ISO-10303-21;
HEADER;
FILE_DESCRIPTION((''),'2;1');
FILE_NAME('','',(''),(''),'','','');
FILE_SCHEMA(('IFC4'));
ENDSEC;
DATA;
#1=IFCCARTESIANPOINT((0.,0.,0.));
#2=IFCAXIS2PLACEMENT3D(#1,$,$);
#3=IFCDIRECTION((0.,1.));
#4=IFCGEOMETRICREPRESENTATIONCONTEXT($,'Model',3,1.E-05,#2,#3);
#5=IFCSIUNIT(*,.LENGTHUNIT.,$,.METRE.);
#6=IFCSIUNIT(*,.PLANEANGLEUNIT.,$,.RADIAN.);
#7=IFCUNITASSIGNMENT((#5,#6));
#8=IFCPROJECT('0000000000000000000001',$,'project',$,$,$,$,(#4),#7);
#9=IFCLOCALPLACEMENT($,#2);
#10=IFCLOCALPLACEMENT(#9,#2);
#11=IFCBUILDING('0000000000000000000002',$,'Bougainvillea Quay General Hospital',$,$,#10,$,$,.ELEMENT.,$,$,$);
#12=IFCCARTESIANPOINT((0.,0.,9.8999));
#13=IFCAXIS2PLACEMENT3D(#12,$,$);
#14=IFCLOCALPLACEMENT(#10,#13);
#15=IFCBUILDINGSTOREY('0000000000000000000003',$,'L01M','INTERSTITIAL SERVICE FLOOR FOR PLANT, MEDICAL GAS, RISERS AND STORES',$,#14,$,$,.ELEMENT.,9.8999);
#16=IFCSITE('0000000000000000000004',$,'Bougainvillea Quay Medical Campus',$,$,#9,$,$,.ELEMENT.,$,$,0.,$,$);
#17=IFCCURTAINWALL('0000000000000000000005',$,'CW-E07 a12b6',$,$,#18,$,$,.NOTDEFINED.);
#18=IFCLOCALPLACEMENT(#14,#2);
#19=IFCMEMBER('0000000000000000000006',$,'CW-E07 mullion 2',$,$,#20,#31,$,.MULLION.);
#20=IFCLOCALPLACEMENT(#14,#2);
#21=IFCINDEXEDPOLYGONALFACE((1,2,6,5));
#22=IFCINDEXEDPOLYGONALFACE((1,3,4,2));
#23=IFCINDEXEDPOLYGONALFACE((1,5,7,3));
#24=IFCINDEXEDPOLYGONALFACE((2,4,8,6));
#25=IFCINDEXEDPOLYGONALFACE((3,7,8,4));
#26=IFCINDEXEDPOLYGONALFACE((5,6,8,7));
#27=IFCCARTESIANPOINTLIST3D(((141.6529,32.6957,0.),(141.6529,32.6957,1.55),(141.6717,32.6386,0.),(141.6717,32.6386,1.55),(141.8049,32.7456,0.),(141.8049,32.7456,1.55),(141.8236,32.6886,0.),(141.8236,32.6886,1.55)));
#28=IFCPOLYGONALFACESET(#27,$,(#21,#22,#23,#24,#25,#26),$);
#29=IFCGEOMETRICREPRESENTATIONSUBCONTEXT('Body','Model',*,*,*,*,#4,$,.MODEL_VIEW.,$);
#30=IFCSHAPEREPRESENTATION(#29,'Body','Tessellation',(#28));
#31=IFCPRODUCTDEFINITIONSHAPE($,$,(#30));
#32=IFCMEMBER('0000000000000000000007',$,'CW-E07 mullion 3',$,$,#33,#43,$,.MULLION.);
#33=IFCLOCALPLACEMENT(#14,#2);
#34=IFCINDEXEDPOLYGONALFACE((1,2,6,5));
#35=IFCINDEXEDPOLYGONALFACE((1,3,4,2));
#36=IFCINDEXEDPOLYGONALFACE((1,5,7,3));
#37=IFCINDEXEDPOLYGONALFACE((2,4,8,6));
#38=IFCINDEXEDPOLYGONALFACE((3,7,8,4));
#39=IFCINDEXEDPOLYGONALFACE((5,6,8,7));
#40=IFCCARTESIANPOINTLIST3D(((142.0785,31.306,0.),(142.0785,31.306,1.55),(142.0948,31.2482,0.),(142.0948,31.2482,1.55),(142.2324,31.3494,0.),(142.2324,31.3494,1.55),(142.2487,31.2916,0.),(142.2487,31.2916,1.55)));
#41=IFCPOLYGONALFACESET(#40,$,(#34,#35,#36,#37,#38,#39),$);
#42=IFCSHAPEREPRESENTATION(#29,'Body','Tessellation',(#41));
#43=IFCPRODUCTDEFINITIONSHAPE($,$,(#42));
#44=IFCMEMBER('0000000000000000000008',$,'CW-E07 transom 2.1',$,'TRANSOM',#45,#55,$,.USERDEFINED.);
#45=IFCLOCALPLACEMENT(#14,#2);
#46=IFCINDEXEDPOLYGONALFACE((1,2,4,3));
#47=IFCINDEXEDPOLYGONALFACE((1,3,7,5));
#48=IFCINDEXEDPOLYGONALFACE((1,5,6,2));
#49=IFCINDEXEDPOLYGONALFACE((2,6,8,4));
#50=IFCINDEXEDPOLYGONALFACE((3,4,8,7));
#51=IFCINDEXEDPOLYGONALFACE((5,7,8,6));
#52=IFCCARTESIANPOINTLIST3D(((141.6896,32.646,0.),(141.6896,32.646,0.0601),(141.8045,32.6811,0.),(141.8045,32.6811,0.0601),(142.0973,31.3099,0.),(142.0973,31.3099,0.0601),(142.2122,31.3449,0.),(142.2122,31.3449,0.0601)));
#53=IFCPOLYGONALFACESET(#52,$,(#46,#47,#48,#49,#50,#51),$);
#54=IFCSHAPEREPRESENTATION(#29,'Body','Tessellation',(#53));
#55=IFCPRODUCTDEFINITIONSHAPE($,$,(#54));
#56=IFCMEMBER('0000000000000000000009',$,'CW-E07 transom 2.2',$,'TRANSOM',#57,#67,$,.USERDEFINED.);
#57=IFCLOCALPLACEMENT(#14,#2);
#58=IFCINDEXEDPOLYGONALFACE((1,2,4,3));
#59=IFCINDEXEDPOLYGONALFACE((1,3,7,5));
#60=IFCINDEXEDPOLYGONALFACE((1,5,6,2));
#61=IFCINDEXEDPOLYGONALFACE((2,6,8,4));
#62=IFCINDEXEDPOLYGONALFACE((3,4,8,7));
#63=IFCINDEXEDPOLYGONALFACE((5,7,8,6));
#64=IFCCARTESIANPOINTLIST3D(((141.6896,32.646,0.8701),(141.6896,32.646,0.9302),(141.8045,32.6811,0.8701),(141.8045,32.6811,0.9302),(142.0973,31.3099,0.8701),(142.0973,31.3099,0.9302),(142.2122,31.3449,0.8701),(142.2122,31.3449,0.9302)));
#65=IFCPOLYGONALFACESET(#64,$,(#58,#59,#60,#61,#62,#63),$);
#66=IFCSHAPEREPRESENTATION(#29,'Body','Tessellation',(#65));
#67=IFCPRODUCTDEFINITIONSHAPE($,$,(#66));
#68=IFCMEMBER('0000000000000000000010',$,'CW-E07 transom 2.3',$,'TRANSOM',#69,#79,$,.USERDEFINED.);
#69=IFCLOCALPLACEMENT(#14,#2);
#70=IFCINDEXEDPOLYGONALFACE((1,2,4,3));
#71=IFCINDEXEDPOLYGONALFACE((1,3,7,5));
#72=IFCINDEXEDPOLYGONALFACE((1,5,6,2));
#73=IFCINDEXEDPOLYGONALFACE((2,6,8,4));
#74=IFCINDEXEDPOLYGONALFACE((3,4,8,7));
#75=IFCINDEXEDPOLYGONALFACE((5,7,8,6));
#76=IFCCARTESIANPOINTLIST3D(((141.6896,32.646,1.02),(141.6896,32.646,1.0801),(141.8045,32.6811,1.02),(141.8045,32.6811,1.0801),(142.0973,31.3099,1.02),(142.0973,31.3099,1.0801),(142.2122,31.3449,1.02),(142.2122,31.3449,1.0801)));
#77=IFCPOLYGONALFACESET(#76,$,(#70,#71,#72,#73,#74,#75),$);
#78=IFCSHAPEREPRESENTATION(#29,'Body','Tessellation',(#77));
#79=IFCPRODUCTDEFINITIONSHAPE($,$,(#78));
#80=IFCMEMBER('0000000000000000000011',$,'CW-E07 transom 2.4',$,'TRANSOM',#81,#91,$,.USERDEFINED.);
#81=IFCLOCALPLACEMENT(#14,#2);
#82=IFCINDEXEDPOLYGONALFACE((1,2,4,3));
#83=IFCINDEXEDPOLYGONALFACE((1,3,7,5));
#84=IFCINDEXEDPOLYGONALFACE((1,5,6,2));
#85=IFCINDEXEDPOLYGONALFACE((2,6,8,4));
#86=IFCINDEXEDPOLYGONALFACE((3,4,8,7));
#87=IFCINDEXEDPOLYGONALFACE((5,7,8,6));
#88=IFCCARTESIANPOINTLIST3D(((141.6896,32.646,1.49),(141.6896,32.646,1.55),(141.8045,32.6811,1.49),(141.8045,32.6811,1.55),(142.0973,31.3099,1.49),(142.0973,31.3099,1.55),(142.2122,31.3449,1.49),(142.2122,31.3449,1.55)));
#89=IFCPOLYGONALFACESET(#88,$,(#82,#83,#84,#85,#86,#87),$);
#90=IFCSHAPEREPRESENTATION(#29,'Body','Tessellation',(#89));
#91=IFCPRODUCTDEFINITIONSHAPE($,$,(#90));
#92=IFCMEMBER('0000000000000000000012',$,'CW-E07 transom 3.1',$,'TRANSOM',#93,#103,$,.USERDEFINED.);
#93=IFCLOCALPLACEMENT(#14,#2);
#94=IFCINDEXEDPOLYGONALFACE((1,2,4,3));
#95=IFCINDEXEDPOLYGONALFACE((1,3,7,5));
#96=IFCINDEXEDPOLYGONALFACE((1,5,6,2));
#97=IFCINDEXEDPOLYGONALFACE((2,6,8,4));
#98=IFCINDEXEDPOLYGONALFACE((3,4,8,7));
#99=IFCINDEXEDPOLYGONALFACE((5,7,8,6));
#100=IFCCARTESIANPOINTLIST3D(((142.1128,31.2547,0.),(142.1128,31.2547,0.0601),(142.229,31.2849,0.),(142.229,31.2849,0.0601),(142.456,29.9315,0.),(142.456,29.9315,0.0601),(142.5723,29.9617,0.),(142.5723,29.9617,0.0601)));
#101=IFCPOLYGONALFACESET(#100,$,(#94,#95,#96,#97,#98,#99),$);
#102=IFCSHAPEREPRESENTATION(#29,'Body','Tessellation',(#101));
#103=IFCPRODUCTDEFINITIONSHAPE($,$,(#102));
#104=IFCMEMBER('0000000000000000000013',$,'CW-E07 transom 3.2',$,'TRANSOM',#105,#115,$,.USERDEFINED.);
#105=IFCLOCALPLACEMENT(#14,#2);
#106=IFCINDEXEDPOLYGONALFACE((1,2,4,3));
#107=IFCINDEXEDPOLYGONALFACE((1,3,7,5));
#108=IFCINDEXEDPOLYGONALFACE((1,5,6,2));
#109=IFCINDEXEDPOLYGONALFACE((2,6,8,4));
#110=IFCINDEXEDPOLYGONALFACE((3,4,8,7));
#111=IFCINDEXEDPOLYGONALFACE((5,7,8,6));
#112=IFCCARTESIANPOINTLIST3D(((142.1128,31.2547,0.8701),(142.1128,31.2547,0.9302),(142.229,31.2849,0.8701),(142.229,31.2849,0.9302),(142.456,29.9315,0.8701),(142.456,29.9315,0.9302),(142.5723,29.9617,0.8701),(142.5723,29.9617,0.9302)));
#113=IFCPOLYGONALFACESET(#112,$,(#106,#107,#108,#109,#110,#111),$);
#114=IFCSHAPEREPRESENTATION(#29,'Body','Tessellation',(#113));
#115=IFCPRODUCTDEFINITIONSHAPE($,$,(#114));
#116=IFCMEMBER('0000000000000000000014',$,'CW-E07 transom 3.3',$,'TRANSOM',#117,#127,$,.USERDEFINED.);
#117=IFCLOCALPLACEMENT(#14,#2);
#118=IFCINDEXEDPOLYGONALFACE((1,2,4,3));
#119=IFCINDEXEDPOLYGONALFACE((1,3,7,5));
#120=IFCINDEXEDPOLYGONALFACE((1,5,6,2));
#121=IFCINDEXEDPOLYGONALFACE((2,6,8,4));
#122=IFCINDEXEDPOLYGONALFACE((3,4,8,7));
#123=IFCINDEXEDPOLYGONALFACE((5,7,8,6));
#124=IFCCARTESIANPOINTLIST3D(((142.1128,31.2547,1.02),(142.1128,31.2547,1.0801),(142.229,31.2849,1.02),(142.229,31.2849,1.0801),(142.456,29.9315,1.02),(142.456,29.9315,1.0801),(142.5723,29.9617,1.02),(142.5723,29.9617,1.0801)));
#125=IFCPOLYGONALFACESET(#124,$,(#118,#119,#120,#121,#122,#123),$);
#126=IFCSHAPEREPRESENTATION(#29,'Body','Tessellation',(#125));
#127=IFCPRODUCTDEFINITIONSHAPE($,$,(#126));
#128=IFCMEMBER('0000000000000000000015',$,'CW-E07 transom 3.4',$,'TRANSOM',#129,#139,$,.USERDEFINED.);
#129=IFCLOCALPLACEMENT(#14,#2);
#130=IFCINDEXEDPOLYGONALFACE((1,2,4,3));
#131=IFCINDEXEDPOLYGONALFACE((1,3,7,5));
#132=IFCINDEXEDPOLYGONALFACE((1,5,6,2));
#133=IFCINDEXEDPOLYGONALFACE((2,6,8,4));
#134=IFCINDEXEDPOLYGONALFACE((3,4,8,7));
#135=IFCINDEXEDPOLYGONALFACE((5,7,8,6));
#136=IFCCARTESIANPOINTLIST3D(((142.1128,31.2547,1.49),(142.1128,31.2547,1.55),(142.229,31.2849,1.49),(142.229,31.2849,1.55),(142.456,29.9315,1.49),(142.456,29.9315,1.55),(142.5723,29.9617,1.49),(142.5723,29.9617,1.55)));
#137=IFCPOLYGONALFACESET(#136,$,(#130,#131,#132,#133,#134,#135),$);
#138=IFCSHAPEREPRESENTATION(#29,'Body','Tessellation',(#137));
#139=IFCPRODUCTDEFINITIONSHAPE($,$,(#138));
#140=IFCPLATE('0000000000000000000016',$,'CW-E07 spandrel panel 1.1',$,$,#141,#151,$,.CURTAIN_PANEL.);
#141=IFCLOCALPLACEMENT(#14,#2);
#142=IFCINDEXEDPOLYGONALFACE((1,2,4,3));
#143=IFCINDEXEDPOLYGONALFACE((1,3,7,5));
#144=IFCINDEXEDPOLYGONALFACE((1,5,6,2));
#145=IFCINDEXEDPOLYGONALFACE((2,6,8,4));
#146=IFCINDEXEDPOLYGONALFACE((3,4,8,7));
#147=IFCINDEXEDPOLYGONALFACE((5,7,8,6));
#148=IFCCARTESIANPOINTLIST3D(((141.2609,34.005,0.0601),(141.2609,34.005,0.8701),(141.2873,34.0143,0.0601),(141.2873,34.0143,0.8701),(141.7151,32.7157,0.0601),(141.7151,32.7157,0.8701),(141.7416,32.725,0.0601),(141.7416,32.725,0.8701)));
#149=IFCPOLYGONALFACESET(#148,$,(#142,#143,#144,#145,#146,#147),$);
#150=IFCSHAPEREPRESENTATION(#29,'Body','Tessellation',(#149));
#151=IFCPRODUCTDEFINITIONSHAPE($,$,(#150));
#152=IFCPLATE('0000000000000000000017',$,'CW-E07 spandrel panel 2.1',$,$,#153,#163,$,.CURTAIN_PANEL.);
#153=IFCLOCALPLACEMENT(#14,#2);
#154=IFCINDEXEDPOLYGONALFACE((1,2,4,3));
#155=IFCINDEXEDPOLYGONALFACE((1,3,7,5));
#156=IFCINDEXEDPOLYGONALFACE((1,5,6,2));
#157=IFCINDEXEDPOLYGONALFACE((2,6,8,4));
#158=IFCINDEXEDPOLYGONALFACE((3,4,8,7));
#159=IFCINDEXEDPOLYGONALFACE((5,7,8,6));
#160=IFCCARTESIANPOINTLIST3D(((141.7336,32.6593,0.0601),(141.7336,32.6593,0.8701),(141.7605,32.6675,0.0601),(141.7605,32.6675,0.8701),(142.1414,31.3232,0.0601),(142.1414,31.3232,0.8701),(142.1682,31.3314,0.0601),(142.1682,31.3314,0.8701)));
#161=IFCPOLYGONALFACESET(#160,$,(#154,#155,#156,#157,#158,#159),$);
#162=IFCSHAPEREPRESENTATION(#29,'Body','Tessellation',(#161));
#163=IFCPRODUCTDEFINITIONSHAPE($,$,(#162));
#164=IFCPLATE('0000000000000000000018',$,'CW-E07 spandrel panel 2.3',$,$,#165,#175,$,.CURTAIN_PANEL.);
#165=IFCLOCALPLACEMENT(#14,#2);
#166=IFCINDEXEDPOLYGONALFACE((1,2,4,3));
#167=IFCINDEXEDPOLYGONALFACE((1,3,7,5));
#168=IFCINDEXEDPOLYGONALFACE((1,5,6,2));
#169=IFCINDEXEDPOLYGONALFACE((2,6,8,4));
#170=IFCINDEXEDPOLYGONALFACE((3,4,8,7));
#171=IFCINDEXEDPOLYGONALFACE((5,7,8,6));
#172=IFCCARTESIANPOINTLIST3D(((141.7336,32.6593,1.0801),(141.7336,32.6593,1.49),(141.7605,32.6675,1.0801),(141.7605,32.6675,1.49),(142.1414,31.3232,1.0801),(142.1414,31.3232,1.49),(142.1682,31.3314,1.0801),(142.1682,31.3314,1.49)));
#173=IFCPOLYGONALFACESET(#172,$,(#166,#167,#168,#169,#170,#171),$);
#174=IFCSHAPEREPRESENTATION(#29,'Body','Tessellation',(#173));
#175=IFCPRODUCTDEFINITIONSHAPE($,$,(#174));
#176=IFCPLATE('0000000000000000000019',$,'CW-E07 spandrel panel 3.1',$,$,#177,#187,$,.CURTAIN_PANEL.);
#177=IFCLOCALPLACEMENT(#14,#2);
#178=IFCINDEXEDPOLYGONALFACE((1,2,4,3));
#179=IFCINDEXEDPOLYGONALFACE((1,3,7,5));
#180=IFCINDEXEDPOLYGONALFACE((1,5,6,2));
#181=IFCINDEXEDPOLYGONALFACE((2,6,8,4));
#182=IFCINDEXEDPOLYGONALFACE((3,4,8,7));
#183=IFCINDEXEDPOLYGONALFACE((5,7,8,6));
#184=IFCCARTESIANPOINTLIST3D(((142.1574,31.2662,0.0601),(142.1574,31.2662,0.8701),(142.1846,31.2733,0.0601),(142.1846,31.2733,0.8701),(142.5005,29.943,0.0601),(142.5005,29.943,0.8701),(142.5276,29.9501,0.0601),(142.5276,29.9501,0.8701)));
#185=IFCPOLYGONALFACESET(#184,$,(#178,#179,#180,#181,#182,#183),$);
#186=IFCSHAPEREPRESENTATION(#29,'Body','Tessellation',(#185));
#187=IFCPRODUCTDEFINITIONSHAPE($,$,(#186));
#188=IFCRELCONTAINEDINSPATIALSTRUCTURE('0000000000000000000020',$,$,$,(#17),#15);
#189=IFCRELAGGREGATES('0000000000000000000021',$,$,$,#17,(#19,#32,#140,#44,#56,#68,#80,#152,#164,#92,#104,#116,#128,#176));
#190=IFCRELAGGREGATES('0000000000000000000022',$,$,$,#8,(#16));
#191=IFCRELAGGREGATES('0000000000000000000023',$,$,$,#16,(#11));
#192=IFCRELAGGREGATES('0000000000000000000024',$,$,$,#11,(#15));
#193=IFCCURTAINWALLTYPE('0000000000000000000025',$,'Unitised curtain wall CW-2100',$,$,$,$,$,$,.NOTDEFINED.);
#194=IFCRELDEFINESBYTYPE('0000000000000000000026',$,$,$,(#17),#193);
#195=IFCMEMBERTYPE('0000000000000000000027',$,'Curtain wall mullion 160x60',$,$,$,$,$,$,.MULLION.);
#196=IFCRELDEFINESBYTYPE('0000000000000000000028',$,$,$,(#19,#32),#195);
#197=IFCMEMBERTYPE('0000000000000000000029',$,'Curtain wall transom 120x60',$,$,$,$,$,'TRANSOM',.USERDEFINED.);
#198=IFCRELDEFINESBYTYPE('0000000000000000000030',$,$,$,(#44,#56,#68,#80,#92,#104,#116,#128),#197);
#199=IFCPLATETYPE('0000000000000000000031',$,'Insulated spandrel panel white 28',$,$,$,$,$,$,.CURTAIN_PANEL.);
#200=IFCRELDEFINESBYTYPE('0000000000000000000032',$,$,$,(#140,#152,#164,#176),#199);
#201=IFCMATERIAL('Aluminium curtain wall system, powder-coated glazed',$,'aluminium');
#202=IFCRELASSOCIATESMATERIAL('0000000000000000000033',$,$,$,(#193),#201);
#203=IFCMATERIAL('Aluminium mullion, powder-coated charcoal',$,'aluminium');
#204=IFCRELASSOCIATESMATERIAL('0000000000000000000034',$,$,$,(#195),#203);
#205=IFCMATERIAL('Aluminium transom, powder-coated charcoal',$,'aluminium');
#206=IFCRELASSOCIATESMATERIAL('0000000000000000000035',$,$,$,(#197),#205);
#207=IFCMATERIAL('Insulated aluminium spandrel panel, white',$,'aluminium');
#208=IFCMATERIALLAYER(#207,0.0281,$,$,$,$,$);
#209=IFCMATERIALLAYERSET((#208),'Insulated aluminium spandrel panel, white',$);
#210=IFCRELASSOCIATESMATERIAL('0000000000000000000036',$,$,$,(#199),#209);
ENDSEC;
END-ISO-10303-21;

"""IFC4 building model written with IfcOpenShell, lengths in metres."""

from ifc_helpers import new_model, si_unit, direction, frame, origin, origin_2d, place, context, subcontext, project, spatial, rectangle, extrude, material, layer, layer_set, material_profile, profile_set, type_object, element, aggregate, save


model = new_model("IFC4")

# Units and contexts
model_context = context("Model", 3, precision=1e-05, world=origin(), true_north=direction((0.0, 1.0)))
body_context = subcontext(model_context, "Body", "Model", "MODEL_VIEW")
ifc_project = project(units=[si_unit("LENGTHUNIT", "METRE"), si_unit("PLANEANGLEUNIT", "RADIAN")], contexts=[model_context])

# Site, building, storey
site_placement = place(None, origin())
site = spatial("IfcSite", under=ifc_project, at=site_placement, Name="Bougainvillea Quay Medical Campus", CompositionType="ELEMENT", RefElevation=0.0)
building_placement = place(site_placement, origin())
building = spatial("IfcBuilding", under=site, at=building_placement, Name="Bougainvillea Quay General Hospital", CompositionType="ELEMENT")
storey_placement = place(building_placement, frame((0.0, 0.0, 9.8999)))
storey = spatial("IfcBuildingStorey", under=building, at=storey_placement, Name="L01M", Description="INTERSTITIAL SERVICE FLOOR FOR PLANT, MEDICAL GAS, RISERS AND STORES", CompositionType="ELEMENT", Elevation=9.8999)

# Curtain wall, members, plates
ifc_material_1 = material(Name="Aluminium curtain wall system, powder-coated glazed", Category="aluminium")
curtain_wall_type = type_object("IfcCurtainWallType", Name="Unitised curtain wall CW-2100", PredefinedType="NOTDEFINED", material=ifc_material_1)
curtain_wall_placement = place(storey_placement, origin())
curtain_wall = element("IfcCurtainWall", 1, at=curtain_wall_placement, inside=storey, type_object=curtain_wall_type, Name="CW-E07 a12b6", PredefinedType="NOTDEFINED")
ifc_material_2 = material(Name="Aluminium mullion, powder-coated charcoal", Category="aluminium")
ifc_material_profile_1 = material_profile(ifc_material_2, rectangle(XDim=0.1599, YDim=0.0601, at=origin_2d()))
ifc_profile_set_1 = profile_set([ifc_material_profile_1], Name="Aluminium mullion, powder-coated charcoal")
member_type_1 = type_object("IfcMemberType", Name="Curtain wall mullion 160x60", PredefinedType="MULLION", material=ifc_profile_set_1)
member_1_placement = place(storey_placement, frame((141.7383, 32.6921, 0.0), z_axis=(0.0, 0.0, 1.0), x_axis=(0.950023, 0.31218, 0.0)))
member_1 = element("IfcMember", 2, at=member_1_placement, type_object=member_type_1, Name="CW-E07 mullion 2", PredefinedType="MULLION", context=body_context, shape_type="SweptSolid", body=[
    extrude(rectangle(XDim=0.1599, YDim=0.0601, at=origin_2d()), origin(), (0.0, 0.0, 1.0), 1.55),
])
member_2_placement = place(storey_placement, frame((142.1636, 31.2988, 0.0), z_axis=(0.0, 0.0, 1.0), x_axis=(0.962439, 0.271496, 0.0)))
member_2 = element("IfcMember", 3, at=member_2_placement, type_object=member_type_1, Name="CW-E07 mullion 3", PredefinedType="MULLION", context=body_context, shape_type="SweptSolid", body=[
    extrude(rectangle(XDim=0.1599, YDim=0.0601, at=origin_2d()), origin(), (0.0, 0.0, 1.0), 1.55),
])
ifc_material_3 = material(Name="Aluminium transom, powder-coated charcoal", Category="aluminium")
ifc_material_profile_2 = material_profile(ifc_material_3, rectangle(XDim=0.1201, YDim=0.0601, at=origin_2d()))
ifc_profile_set_2 = profile_set([ifc_material_profile_2], Name="Aluminium transom, powder-coated charcoal")
member_type_2 = type_object("IfcMemberType", Name="Curtain wall transom 120x60", ElementType="TRANSOM", PredefinedType="USERDEFINED", material=ifc_profile_set_2)
member_3_placement = place(storey_placement, frame((141.7471, 32.6636, 0.03), z_axis=(0.29185, -0.956464, 0.0), x_axis=(0.956464, 0.29185, 0.0)))
member_3 = element("IfcMember", 4, at=member_3_placement, type_object=member_type_2, Name="CW-E07 transom 2.1", ObjectType="TRANSOM", PredefinedType="USERDEFINED", context=body_context, shape_type="SweptSolid", body=[
    extrude(rectangle(XDim=0.1201, YDim=0.0601, at=origin_2d()), origin(), (0.0, 0.0, 1.0), 1.397),
])
member_4_placement = place(storey_placement, frame((141.7471, 32.6636, 0.9001), z_axis=(0.29185, -0.956464, 0.0), x_axis=(0.956464, 0.29185, 0.0)))
member_4 = element("IfcMember", 5, at=member_4_placement, type_object=member_type_2, Name="CW-E07 transom 2.2", ObjectType="TRANSOM", PredefinedType="USERDEFINED", context=body_context, shape_type="SweptSolid", body=[
    extrude(rectangle(XDim=0.1201, YDim=0.0601, at=origin_2d()), origin(), (0.0, 0.0, 1.0), 1.397),
])
member_5_placement = place(storey_placement, frame((141.7471, 32.6636, 1.05), z_axis=(0.29185, -0.956464, 0.0), x_axis=(0.956464, 0.29185, 0.0)))
member_5 = element("IfcMember", 6, at=member_5_placement, type_object=member_type_2, Name="CW-E07 transom 2.3", ObjectType="TRANSOM", PredefinedType="USERDEFINED", context=body_context, shape_type="SweptSolid", body=[
    extrude(rectangle(XDim=0.1201, YDim=0.0601, at=origin_2d()), origin(), (0.0, 0.0, 1.0), 1.397),
])
member_6_placement = place(storey_placement, frame((141.7471, 32.6636, 1.52), z_axis=(0.29185, -0.956464, 0.0), x_axis=(0.956464, 0.29185, 0.0)))
member_6 = element("IfcMember", 7, at=member_6_placement, type_object=member_type_2, Name="CW-E07 transom 2.4", ObjectType="TRANSOM", PredefinedType="USERDEFINED", context=body_context, shape_type="SweptSolid", body=[
    extrude(rectangle(XDim=0.1201, YDim=0.0601, at=origin_2d()), origin(), (0.0, 0.0, 1.0), 1.397),
])
member_7_placement = place(storey_placement, frame((142.1709, 31.2698, 0.03), z_axis=(0.251099, -0.967962, 0.0), x_axis=(0.967962, 0.251099, 0.0)))
member_7 = element("IfcMember", 8, at=member_7_placement, type_object=member_type_2, Name="CW-E07 transom 3.1", ObjectType="TRANSOM", PredefinedType="USERDEFINED", context=body_context, shape_type="SweptSolid", body=[
    extrude(rectangle(XDim=0.1201, YDim=0.0601, at=origin_2d()), origin(), (0.0, 0.0, 1.0), 1.3669),
])
member_8_placement = place(storey_placement, frame((142.1709, 31.2698, 0.9001), z_axis=(0.251099, -0.967962, 0.0), x_axis=(0.967962, 0.251099, 0.0)))
member_8 = element("IfcMember", 9, at=member_8_placement, type_object=member_type_2, Name="CW-E07 transom 3.2", ObjectType="TRANSOM", PredefinedType="USERDEFINED", context=body_context, shape_type="SweptSolid", body=[
    extrude(rectangle(XDim=0.1201, YDim=0.0601, at=origin_2d()), origin(), (0.0, 0.0, 1.0), 1.3669),
])
member_9_placement = place(storey_placement, frame((142.1709, 31.2698, 1.05), z_axis=(0.251099, -0.967962, 0.0), x_axis=(0.967962, 0.251099, 0.0)))
member_9 = element("IfcMember", 10, at=member_9_placement, type_object=member_type_2, Name="CW-E07 transom 3.3", ObjectType="TRANSOM", PredefinedType="USERDEFINED", context=body_context, shape_type="SweptSolid", body=[
    extrude(rectangle(XDim=0.1201, YDim=0.0601, at=origin_2d()), origin(), (0.0, 0.0, 1.0), 1.3669),
])
member_10_placement = place(storey_placement, frame((142.1709, 31.2698, 1.52), z_axis=(0.251099, -0.967962, 0.0), x_axis=(0.967962, 0.251099, 0.0)))
member_10 = element("IfcMember", 11, at=member_10_placement, type_object=member_type_2, Name="CW-E07 transom 3.4", ObjectType="TRANSOM", PredefinedType="USERDEFINED", context=body_context, shape_type="SweptSolid", body=[
    extrude(rectangle(XDim=0.1201, YDim=0.0601, at=origin_2d()), origin(), (0.0, 0.0, 1.0), 1.3669),
])
ifc_material_4 = material(Name="Insulated aluminium spandrel panel, white", Category="aluminium")
ifc_layer_1 = layer(ifc_material_4, 0.0281)
ifc_layer_set_1 = layer_set([ifc_layer_1], Name="Insulated aluminium spandrel panel, white")
plate_type_1 = type_object("IfcPlateType", Name="Insulated spandrel panel white 28", PredefinedType="CURTAIN_PANEL", material=ifc_layer_set_1)
plate_1_placement = place(storey_placement, frame((141.5012, 33.365, 0.0601), z_axis=(0.0, 0.0, 1.0), x_axis=(0.332315, -0.943169, 0.0)))
plate_1 = element("IfcPlate", 12, at=plate_1_placement, type_object=plate_type_1, Name="CW-E07 spandrel panel 1.1", PredefinedType="CURTAIN_PANEL", context=body_context, shape_type="SweptSolid", body=[
    extrude(rectangle(XDim=1.3669, YDim=0.0281, at=origin_2d()), origin(), (0.0, 0.0, 1.0), 0.8101),
])
plate_2_placement = place(storey_placement, frame((141.9509, 31.9954, 0.0601), z_axis=(0.0, 0.0, 1.0), x_axis=(0.291904, -0.956448, 0.0)))
plate_2 = element("IfcPlate", 13, at=plate_2_placement, type_object=plate_type_1, Name="CW-E07 spandrel panel 2.1", PredefinedType="CURTAIN_PANEL", context=body_context, shape_type="SweptSolid", body=[
    extrude(rectangle(XDim=1.397, YDim=0.0281, at=origin_2d()), origin(), (0.0, 0.0, 1.0), 0.8101),
])
plate_3_placement = place(storey_placement, frame((141.9509, 31.9954, 1.0801), z_axis=(0.0, 0.0, 1.0), x_axis=(0.291904, -0.956448, 0.0)))
plate_3 = element("IfcPlate", 14, at=plate_3_placement, type_object=plate_type_1, Name="CW-E07 spandrel panel 2.3", PredefinedType="CURTAIN_PANEL", context=body_context, shape_type="SweptSolid", body=[
    extrude(rectangle(XDim=1.397, YDim=0.0281, at=origin_2d()), origin(), (0.0, 0.0, 1.0), 0.4099),
])
plate_4_placement = place(storey_placement, frame((142.3425, 30.6082, 0.0601), z_axis=(0.0, 0.0, 1.0), x_axis=(0.250966, -0.967996, 0.0)))
plate_4 = element("IfcPlate", 15, at=plate_4_placement, type_object=plate_type_1, Name="CW-E07 spandrel panel 3.1", PredefinedType="CURTAIN_PANEL", context=body_context, shape_type="SweptSolid", body=[
    extrude(rectangle(XDim=1.3669, YDim=0.0281, at=origin_2d()), origin(), (0.0, 0.0, 1.0), 0.8101),
])
aggregate(curtain_wall, [member_1, member_2, plate_1, member_3, member_4, member_5, member_6, plate_2, plate_3, member_7, member_8, member_9, member_10, plate_4])

save(model, "model.ifc")
